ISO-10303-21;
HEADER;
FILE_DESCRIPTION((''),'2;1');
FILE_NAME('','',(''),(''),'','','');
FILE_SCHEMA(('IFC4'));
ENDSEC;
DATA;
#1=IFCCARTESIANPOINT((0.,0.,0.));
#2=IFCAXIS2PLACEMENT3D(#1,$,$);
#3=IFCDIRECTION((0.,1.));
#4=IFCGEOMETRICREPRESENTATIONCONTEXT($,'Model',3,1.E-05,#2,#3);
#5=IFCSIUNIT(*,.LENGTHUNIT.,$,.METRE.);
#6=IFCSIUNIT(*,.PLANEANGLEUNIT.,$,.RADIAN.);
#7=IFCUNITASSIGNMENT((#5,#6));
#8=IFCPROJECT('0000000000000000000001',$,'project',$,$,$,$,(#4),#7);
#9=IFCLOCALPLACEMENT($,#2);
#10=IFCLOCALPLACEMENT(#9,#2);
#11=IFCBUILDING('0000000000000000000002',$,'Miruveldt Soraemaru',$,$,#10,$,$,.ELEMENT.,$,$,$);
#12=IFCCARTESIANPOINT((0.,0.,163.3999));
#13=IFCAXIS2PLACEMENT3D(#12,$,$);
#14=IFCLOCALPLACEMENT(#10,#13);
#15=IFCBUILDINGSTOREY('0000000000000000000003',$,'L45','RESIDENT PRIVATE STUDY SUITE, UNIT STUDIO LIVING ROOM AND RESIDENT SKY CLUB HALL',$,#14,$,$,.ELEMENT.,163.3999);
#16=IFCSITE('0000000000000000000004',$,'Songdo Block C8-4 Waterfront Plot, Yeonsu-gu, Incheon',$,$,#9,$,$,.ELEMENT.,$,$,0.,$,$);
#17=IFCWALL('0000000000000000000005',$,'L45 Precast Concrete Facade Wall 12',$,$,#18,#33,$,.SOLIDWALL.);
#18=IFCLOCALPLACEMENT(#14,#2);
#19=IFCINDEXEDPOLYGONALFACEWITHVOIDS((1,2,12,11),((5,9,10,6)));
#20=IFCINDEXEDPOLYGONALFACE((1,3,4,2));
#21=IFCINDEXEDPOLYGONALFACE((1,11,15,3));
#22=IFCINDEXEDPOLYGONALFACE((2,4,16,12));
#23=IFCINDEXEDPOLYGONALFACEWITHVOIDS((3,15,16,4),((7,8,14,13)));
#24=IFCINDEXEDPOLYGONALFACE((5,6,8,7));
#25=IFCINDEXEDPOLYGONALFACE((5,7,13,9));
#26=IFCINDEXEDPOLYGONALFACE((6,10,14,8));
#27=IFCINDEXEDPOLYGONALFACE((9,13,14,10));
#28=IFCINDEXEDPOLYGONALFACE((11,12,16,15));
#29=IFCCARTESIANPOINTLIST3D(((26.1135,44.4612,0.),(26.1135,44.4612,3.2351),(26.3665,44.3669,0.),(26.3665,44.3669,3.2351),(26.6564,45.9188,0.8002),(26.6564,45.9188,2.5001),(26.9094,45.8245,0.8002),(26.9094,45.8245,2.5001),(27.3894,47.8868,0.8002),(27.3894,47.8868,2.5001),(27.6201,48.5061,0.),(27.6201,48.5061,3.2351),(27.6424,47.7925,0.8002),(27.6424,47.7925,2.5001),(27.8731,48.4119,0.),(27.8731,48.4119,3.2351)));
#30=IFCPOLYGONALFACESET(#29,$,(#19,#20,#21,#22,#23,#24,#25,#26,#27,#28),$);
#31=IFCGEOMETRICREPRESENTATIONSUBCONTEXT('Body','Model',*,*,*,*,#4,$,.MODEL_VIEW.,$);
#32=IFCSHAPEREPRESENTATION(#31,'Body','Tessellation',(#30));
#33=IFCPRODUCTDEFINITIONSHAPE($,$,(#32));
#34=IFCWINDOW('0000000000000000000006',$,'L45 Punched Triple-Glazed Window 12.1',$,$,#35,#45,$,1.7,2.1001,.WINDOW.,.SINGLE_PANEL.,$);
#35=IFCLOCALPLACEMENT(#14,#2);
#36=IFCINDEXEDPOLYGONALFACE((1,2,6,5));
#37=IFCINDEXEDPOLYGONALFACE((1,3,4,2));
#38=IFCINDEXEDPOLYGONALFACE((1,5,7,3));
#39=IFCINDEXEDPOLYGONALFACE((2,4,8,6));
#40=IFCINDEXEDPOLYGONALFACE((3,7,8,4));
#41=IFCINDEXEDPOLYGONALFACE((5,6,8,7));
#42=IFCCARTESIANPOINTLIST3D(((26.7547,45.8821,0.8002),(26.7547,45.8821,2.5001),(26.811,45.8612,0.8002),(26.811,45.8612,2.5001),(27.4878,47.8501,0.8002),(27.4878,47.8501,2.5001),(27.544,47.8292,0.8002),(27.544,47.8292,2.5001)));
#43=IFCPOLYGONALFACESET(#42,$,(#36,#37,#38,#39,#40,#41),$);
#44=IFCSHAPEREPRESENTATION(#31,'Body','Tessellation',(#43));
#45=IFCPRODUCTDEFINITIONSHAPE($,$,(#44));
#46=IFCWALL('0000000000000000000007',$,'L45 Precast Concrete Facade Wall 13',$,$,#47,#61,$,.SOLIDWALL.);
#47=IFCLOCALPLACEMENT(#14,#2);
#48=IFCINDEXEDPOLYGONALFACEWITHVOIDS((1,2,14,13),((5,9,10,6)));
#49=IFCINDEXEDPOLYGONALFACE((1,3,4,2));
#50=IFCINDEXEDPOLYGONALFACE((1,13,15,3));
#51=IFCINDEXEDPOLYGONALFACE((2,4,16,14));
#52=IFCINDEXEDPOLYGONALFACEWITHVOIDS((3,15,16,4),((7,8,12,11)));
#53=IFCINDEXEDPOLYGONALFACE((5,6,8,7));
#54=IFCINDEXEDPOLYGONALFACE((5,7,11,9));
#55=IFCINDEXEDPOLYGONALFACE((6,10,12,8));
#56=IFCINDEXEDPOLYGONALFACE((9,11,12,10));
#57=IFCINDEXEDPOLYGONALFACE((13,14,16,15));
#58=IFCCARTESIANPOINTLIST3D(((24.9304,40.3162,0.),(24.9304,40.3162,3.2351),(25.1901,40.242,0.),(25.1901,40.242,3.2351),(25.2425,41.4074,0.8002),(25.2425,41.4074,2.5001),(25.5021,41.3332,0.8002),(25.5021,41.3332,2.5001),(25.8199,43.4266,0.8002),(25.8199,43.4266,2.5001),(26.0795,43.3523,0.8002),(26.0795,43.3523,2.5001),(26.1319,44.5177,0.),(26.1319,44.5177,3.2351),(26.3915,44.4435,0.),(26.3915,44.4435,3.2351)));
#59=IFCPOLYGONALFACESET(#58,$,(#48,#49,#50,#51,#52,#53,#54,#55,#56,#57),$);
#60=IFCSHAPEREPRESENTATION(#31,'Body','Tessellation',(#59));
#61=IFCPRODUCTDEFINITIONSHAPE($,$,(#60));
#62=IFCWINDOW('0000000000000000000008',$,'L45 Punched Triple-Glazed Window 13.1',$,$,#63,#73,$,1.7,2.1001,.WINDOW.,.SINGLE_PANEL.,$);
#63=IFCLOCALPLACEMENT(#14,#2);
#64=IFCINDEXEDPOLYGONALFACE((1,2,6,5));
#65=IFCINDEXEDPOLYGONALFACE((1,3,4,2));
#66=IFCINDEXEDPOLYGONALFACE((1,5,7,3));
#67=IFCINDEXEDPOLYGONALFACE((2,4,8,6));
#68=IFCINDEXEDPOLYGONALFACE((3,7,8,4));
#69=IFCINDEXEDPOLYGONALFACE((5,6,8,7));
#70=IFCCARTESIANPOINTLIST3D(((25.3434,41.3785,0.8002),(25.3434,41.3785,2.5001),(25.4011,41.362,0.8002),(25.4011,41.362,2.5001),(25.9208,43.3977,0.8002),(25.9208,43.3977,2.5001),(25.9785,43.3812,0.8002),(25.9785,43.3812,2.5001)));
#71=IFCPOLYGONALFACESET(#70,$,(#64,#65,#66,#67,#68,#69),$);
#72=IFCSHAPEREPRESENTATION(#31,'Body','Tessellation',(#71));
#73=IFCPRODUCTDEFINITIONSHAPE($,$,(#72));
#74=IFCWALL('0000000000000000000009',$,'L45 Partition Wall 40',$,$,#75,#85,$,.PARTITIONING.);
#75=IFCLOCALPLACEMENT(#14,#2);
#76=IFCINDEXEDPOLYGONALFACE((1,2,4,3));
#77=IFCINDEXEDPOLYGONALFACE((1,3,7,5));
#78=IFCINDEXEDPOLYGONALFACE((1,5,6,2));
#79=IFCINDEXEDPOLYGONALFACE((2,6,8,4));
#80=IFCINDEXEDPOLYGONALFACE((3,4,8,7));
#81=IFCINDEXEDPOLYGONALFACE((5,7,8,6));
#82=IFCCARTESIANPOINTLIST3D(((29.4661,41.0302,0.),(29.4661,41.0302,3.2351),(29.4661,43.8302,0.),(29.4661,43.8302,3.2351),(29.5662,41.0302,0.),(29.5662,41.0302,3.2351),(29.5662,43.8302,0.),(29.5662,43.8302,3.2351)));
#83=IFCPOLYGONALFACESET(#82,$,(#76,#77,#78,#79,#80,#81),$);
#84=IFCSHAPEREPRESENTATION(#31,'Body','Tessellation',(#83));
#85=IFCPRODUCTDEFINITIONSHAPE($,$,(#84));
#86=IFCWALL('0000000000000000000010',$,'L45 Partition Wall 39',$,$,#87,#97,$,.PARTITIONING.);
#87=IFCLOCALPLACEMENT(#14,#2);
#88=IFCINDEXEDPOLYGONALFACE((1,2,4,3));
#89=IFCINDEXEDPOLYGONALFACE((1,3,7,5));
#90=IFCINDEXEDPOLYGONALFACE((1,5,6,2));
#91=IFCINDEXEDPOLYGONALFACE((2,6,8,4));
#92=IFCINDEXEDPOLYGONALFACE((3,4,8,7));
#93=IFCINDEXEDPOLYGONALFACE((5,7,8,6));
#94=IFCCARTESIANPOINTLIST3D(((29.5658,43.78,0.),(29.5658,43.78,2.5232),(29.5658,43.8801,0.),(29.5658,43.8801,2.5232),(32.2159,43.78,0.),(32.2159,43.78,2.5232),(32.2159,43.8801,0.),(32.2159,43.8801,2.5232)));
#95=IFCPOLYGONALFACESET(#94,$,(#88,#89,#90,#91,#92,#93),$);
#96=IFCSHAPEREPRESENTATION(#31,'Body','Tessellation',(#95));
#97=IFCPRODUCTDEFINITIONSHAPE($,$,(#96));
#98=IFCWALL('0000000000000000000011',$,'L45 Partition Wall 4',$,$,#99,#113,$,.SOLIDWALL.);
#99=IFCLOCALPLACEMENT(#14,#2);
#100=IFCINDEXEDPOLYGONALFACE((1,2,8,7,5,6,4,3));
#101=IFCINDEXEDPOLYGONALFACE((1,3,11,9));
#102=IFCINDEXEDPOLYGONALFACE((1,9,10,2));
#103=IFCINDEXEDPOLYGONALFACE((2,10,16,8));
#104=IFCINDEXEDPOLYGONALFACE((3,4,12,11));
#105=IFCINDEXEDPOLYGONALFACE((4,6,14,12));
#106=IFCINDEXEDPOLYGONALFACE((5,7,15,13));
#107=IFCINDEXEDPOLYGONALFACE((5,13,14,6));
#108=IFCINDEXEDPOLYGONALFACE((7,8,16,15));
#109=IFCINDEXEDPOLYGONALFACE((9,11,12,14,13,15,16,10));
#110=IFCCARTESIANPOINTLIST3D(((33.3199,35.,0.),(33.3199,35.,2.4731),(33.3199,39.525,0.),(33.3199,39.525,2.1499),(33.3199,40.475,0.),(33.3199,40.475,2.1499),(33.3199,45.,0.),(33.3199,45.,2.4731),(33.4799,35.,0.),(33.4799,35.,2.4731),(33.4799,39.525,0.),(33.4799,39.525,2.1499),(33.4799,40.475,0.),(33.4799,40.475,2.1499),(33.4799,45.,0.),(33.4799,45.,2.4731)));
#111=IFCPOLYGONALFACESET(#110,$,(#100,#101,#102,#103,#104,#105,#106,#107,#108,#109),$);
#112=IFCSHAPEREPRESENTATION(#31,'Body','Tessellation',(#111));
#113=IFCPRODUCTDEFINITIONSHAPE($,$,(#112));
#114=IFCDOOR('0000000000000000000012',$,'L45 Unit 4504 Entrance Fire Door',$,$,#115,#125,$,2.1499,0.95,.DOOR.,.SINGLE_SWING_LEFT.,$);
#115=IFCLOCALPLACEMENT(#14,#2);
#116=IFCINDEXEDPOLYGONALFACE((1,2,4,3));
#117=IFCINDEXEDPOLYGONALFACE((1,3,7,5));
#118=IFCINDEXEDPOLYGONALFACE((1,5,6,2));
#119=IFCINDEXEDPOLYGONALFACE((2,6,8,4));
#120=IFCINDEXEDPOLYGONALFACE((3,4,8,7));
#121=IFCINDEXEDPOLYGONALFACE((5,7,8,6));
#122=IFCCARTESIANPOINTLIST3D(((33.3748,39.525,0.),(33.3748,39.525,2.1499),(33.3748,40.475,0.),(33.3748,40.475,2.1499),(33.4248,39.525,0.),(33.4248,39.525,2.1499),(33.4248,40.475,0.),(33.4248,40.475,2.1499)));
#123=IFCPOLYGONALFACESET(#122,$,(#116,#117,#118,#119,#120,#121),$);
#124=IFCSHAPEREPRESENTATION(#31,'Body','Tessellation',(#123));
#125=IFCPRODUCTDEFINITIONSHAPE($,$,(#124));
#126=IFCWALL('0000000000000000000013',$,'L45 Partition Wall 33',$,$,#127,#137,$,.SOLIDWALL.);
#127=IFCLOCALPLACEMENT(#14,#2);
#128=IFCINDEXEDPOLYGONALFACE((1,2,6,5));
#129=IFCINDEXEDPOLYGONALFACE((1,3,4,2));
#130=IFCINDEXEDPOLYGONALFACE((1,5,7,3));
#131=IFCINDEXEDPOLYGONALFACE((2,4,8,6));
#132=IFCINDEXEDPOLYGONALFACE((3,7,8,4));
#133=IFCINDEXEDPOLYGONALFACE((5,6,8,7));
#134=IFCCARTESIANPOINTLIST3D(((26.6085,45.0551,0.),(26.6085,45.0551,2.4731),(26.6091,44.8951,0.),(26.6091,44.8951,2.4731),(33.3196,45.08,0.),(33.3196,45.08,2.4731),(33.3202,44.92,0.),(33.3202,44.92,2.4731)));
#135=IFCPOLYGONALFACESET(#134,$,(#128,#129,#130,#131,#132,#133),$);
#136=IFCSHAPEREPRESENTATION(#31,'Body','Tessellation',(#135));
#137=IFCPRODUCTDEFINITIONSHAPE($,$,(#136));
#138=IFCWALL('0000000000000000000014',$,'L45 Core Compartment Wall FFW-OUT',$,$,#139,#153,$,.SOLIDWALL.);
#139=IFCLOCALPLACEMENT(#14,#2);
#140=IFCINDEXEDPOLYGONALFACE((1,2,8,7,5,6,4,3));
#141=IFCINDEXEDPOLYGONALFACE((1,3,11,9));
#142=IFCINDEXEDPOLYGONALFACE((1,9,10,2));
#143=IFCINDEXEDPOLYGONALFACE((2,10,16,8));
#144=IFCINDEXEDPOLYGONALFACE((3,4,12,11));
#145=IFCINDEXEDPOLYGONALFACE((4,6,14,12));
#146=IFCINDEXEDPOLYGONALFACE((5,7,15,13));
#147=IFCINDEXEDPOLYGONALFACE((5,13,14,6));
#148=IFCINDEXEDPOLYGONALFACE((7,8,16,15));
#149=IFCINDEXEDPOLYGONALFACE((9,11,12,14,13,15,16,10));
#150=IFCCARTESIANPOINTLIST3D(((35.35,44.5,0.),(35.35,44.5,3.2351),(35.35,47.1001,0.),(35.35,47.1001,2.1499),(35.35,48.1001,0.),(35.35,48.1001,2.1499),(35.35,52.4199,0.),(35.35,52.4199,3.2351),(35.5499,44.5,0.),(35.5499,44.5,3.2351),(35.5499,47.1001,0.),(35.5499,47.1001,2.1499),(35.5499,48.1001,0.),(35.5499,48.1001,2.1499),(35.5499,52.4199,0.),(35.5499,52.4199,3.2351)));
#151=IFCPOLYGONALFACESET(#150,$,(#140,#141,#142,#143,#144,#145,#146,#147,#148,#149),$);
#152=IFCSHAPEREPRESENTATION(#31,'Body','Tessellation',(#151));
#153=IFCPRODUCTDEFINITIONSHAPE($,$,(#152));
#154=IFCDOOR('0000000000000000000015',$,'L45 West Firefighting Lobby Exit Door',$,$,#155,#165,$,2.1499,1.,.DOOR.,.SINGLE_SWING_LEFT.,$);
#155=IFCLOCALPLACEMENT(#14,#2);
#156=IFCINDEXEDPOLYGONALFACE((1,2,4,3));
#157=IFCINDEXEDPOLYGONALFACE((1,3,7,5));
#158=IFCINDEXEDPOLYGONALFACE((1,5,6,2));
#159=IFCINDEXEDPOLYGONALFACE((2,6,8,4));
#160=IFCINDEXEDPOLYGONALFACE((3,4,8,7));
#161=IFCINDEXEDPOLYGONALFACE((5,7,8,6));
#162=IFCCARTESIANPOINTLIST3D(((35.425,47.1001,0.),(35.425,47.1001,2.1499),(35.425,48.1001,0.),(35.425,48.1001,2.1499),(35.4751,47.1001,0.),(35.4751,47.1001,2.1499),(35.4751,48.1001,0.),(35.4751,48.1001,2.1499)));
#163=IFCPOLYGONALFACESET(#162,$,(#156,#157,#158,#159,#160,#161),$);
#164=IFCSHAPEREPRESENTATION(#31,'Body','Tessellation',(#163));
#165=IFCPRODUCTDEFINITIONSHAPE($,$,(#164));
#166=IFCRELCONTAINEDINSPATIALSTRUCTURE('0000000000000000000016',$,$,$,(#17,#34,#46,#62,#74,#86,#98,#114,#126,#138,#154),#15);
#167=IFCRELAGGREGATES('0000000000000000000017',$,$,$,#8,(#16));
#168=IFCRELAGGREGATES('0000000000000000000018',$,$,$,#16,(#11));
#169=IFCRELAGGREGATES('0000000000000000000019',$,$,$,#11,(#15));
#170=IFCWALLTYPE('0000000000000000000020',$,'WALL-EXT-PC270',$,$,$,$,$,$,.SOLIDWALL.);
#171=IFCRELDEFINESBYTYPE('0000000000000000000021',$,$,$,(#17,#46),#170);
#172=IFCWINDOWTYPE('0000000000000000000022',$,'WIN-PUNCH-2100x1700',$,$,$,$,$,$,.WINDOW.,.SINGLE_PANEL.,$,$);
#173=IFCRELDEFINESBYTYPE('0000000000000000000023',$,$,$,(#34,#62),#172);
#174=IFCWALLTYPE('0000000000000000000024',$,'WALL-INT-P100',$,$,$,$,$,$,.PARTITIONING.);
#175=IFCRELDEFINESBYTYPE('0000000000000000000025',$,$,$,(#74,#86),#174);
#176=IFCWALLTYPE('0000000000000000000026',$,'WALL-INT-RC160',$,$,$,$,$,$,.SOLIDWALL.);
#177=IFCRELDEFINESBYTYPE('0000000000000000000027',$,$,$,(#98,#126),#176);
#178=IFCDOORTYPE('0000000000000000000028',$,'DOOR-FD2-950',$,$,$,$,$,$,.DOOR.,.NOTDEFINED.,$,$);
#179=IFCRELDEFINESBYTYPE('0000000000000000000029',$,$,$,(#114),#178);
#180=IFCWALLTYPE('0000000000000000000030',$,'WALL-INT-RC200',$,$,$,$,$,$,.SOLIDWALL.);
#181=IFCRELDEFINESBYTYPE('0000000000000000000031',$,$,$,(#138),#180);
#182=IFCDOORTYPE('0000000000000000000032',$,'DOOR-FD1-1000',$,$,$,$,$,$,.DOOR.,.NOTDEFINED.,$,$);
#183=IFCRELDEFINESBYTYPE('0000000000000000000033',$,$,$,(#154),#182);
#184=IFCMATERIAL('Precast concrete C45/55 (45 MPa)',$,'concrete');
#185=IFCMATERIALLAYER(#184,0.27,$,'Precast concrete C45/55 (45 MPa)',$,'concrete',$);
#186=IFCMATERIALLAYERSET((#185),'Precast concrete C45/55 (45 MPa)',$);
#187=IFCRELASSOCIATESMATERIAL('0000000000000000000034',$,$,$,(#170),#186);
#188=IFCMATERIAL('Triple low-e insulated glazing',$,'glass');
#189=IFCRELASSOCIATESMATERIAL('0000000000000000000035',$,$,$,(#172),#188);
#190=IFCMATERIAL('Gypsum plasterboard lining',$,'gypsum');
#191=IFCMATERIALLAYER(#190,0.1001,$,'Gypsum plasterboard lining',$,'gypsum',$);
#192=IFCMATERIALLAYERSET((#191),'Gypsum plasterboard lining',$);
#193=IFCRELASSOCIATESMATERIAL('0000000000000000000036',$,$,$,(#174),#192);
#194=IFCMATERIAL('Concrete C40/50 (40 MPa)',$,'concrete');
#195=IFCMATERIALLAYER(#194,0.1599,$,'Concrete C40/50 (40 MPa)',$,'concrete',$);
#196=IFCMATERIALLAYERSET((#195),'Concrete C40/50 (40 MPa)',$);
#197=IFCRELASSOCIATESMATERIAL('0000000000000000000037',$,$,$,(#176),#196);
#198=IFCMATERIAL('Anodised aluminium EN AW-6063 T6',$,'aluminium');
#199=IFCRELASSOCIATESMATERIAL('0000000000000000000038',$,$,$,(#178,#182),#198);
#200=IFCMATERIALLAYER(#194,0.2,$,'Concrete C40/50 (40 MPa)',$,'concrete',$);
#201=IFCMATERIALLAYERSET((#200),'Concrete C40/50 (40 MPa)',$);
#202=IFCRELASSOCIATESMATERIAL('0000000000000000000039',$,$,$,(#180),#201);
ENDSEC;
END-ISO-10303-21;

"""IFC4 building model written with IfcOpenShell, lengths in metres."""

from ifc_helpers import new_model, si_unit, direction, frame, frame_2d, origin, place, context, subcontext, project, spatial, rectangle, extrude, material, layer, layer_set, type_object, element, fill, save


model = new_model("IFC4")

# Units and contexts
model_context = context("Model", 3, precision=1e-05, world=origin(), true_north=direction((0.0, 1.0)))
body_context = subcontext(model_context, "Body", "Model", "MODEL_VIEW")
ifc_project = project(units=[si_unit("LENGTHUNIT", "METRE"), si_unit("PLANEANGLEUNIT", "RADIAN")], contexts=[model_context])

# Site, building, storey
site_placement = place(None, origin())
site = spatial("IfcSite", under=ifc_project, at=site_placement, Name="Songdo Block C8-4 Waterfront Plot, Yeonsu-gu, Incheon", CompositionType="ELEMENT", RefElevation=0.0)
building_placement = place(site_placement, origin())
building = spatial("IfcBuilding", under=site, at=building_placement, Name="Miruveldt Soraemaru", CompositionType="ELEMENT")
storey_placement = place(building_placement, frame((0.0, 0.0, 163.3999)))
storey = spatial("IfcBuildingStorey", under=building, at=storey_placement, Name="L45", Description="RESIDENT PRIVATE STUDY SUITE, UNIT STUDIO LIVING ROOM AND RESIDENT SKY CLUB HALL", CompositionType="ELEMENT", Elevation=163.3999)

# Shared definitions
ifc_material_1 = material(Name="Concrete C40/50 (40 MPa)", Category="concrete")

# Walls, openings, windows
ifc_material_2 = material(Name="Precast concrete C45/55 (45 MPa)", Category="concrete")
ifc_layer_1 = layer(ifc_material_2, 0.27, Name="Precast concrete C45/55 (45 MPa)", Category="concrete")
ifc_layer_set_1 = layer_set([ifc_layer_1], Name="Precast concrete C45/55 (45 MPa)")
wall_type_1 = type_object("IfcWallType", Name="WALL-EXT-PC270", PredefinedType="SOLIDWALL", material=ifc_layer_set_1)
wall_1_placement = place(storey_placement, frame((27.7466, 48.459, 0.0), z_axis=(0.0, 0.0, 1.0), x_axis=(-0.34904, -0.937108, 0.0)))
wall_1 = element("IfcWall", 1, at=wall_1_placement, inside=storey, type_object=wall_type_1, Name="L45 Precast Concrete Facade Wall 12", PredefinedType="SOLIDWALL", context=body_context, shape_type="SweptSolid", body=[
    extrude(rectangle(XDim=4.3164, YDim=0.27, at=frame_2d((2.1582, 0.0))), origin(), (0.0, 0.0, 1.0), 3.2351),
])
opening_1_placement = place(wall_1_placement, frame((0.6609, 0.0, 0.8)))
opening_1 = element("IfcOpeningElement", 2, at=opening_1_placement, cuts=wall_1, PredefinedType="OPENING", context=body_context, shape_type="SweptSolid", body=[
    extrude(rectangle(XDim=2.1001, YDim=1.7, at=frame_2d((1.05, 0.8501))), frame((0.0, 0.145, 0.0), z_axis=(0.0, -1.0, 0.0), x_axis=(1.0, 0.0, 0.0)), (0.0, 0.0, 1.0), 0.29),
])
ifc_material_3 = material(Name="Triple low-e insulated glazing", Category="glass")
window_type = type_object("IfcWindowType", Name="WIN-PUNCH-2100x1700", PartitioningType="SINGLE_PANEL", PredefinedType="WINDOW", material=ifc_material_3)
window_1_placement = place(opening_1_placement, origin())
window_1 = element("IfcWindow", 3, at=window_1_placement, inside=storey, type_object=window_type, Name="L45 Punched Triple-Glazed Window 12.1", OverallHeight=1.7, OverallWidth=2.1001, PartitioningType="SINGLE_PANEL", PredefinedType="WINDOW", context=body_context, shape_type="SweptSolid", body=[
    extrude(rectangle(XDim=2.1001, YDim=1.7, at=frame_2d((1.05, 0.8501))), frame((0.0, 0.03, 0.0), z_axis=(0.0, -1.0, 0.0), x_axis=(1.0, 0.0, 0.0)), (0.0, 0.0, 1.0), 0.0601),
])
fill(opening_1, window_1)
wall_2_placement = place(storey_placement, frame((26.2617, 44.4807, 0.0), z_axis=(0.0, 0.0, 1.0), x_axis=(-0.274935, -0.961463, 0.0)))
wall_2 = element("IfcWall", 4, at=wall_2_placement, inside=storey, type_object=wall_type_1, Name="L45 Precast Concrete Facade Wall 13", PredefinedType="SOLIDWALL", context=body_context, shape_type="SweptSolid", body=[
    extrude(rectangle(XDim=4.3699, YDim=0.27, at=frame_2d((2.1851, 0.0))), origin(), (0.0, 0.0, 1.0), 3.2351),
])
opening_2_placement = place(wall_2_placement, frame((1.135, 0.0, 0.8)))
opening_2 = element("IfcOpeningElement", 5, at=opening_2_placement, cuts=wall_2, PredefinedType="OPENING", context=body_context, shape_type="SweptSolid", body=[
    extrude(rectangle(XDim=2.1001, YDim=1.7, at=frame_2d((1.05, 0.8501))), frame((0.0, 0.145, 0.0), z_axis=(0.0, -1.0, 0.0), x_axis=(1.0, 0.0, 0.0)), (0.0, 0.0, 1.0), 0.29),
])
window_2_placement = place(opening_2_placement, origin())
window_2 = element("IfcWindow", 6, at=window_2_placement, inside=storey, type_object=window_type, Name="L45 Punched Triple-Glazed Window 13.1", OverallHeight=1.7, OverallWidth=2.1001, PartitioningType="SINGLE_PANEL", PredefinedType="WINDOW", context=body_context, shape_type="SweptSolid", body=[
    extrude(rectangle(XDim=2.1001, YDim=1.7, at=frame_2d((1.05, 0.8501))), frame((0.0, 0.03, 0.0), z_axis=(0.0, -1.0, 0.0), x_axis=(1.0, 0.0, 0.0)), (0.0, 0.0, 1.0), 0.0601),
])
fill(opening_2, window_2)

# Walls
ifc_material_4 = material(Name="Gypsum plasterboard lining", Category="gypsum")
ifc_layer_2 = layer(ifc_material_4, 0.1001, Name="Gypsum plasterboard lining", Category="gypsum")
ifc_layer_set_2 = layer_set([ifc_layer_2], Name="Gypsum plasterboard lining")
wall_type_2 = type_object("IfcWallType", Name="WALL-INT-P100", PredefinedType="PARTITIONING", material=ifc_layer_set_2)
wall_3_placement = place(storey_placement, frame((29.5161, 43.8301, 0.0), z_axis=(0.0, 0.0, 1.0), x_axis=(0.0, -1.0, 0.0)))
element("IfcWall", 7, at=wall_3_placement, inside=storey, type_object=wall_type_2, Name="L45 Partition Wall 40", PredefinedType="PARTITIONING", context=body_context, shape_type="SweptSolid", body=[
    extrude(rectangle(XDim=2.8, YDim=0.1001, at=frame_2d((1.3999, 0.0))), origin(), (0.0, 0.0, 1.0), 3.2351),
])
wall_4_placement = place(storey_placement, frame((32.2161, 43.8301, 0.0), z_axis=(0.0, 0.0, 1.0), x_axis=(-1.0, 0.0, 0.0)))
element("IfcWall", 8, at=wall_4_placement, inside=storey, type_object=wall_type_2, Name="L45 Partition Wall 39", PredefinedType="PARTITIONING", context=body_context, shape_type="SweptSolid", body=[
    extrude(rectangle(XDim=2.6501, YDim=0.1001, at=frame_2d((1.3252, 0.0))), origin(), (0.0, 0.0, 1.0), 2.5232),
])

# Wall, opening, door
ifc_layer_3 = layer(ifc_material_1, 0.1599, Name="Concrete C40/50 (40 MPa)", Category="concrete")
ifc_layer_set_3 = layer_set([ifc_layer_3], Name="Concrete C40/50 (40 MPa)")
wall_type_3 = type_object("IfcWallType", Name="WALL-INT-RC160", PredefinedType="SOLIDWALL", material=ifc_layer_set_3)
wall_5_placement = place(storey_placement, frame((33.3999, 45.0, 0.0), z_axis=(0.0, 0.0, 1.0), x_axis=(0.0, -1.0, 0.0)))
wall_5 = element("IfcWall", 9, at=wall_5_placement, inside=storey, type_object=wall_type_3, Name="L45 Partition Wall 4", PredefinedType="SOLIDWALL", context=body_context, shape_type="SweptSolid", body=[
    extrude(rectangle(XDim=10.0, YDim=0.1599, at=frame_2d((5.0, 0.0))), origin(), (0.0, 0.0, 1.0), 2.4731),
])
opening_3_placement = place(wall_5_placement, frame((4.5249, 0.0, 0.0)))
opening_3 = element("IfcOpeningElement", 10, at=opening_3_placement, cuts=wall_5, PredefinedType="OPENING", context=body_context, shape_type="SweptSolid", body=[
    extrude(rectangle(XDim=0.95, YDim=2.1499, at=frame_2d((0.4751, 1.075))), frame((0.0, 0.0898, 0.0), z_axis=(0.0, -1.0, 0.0), x_axis=(1.0, 0.0, 0.0)), (0.0, 0.0, 1.0), 0.1799),
])
ifc_material_5 = material(Name="Anodised aluminium EN AW-6063 T6", Category="aluminium")
door_type_1 = type_object("IfcDoorType", Name="DOOR-FD2-950", OperationType="NOTDEFINED", PredefinedType="DOOR", material=ifc_material_5)
door_1_placement = place(opening_3_placement, origin())
door_1 = element("IfcDoor", 11, at=door_1_placement, inside=storey, type_object=door_type_1, Name="L45 Unit 4504 Entrance Fire Door", OperationType="SINGLE_SWING_LEFT", OverallHeight=2.1499, OverallWidth=0.95, PredefinedType="DOOR", context=body_context, shape_type="SweptSolid", body=[
    extrude(rectangle(XDim=0.95, YDim=2.1499, at=frame_2d((0.4751, 1.075))), frame((0.0, 0.0249, 0.0), z_axis=(0.0, -1.0, 0.0), x_axis=(1.0, 0.0, 0.0)), (0.0, 0.0, 1.0), 0.05),
])
fill(opening_3, door_1)

# Wall
wall_6_placement = place(storey_placement, frame((26.6089, 44.9751, 0.0), z_axis=(0.0, 0.0, 1.0), x_axis=(0.999993, 0.003711, 0.0)))
element("IfcWall", 12, at=wall_6_placement, inside=storey, type_object=wall_type_3, Name="L45 Partition Wall 33", PredefinedType="SOLIDWALL", context=body_context, shape_type="SweptSolid", body=[
    extrude(rectangle(XDim=6.7112, YDim=0.1599, at=frame_2d((3.3555, 0.0))), origin(), (0.0, 0.0, 1.0), 2.4731),
])

# Wall, opening, door
ifc_layer_4 = layer(ifc_material_1, 0.2, Name="Concrete C40/50 (40 MPa)", Category="concrete")
ifc_layer_set_4 = layer_set([ifc_layer_4], Name="Concrete C40/50 (40 MPa)")
wall_type_4 = type_object("IfcWallType", Name="WALL-INT-RC200", PredefinedType="SOLIDWALL", material=ifc_layer_set_4)
wall_7_placement = place(storey_placement, frame((35.45, 44.5, 0.0), z_axis=(0.0, 0.0, 1.0), x_axis=(0.0, 1.0, 0.0)))
wall_7 = element("IfcWall", 13, at=wall_7_placement, inside=storey, type_object=wall_type_4, Name="L45 Core Compartment Wall FFW-OUT", PredefinedType="SOLIDWALL", context=body_context, shape_type="SweptSolid", body=[
    extrude(rectangle(XDim=7.9199, YDim=0.2, at=frame_2d((3.96, 0.0))), origin(), (0.0, 0.0, 1.0), 3.2351),
])
opening_4_placement = place(wall_7_placement, frame((2.6001, 0.0, 0.0)))
opening_4 = element("IfcOpeningElement", 14, at=opening_4_placement, cuts=wall_7, PredefinedType="OPENING", context=body_context, shape_type="SweptSolid", body=[
    extrude(rectangle(XDim=1.0, YDim=2.1499, at=frame_2d((0.5, 1.075))), frame((0.0, 0.1099, 0.0), z_axis=(0.0, -1.0, 0.0), x_axis=(1.0, 0.0, 0.0)), (0.0, 0.0, 1.0), 0.22),
])
door_type_2 = type_object("IfcDoorType", Name="DOOR-FD1-1000", OperationType="NOTDEFINED", PredefinedType="DOOR", material=ifc_material_5)
door_2_placement = place(opening_4_placement, origin())
door_2 = element("IfcDoor", 15, at=door_2_placement, inside=storey, type_object=door_type_2, Name="L45 West Firefighting Lobby Exit Door", OperationType="SINGLE_SWING_LEFT", OverallHeight=2.1499, OverallWidth=1.0, PredefinedType="DOOR", context=body_context, shape_type="SweptSolid", body=[
    extrude(rectangle(XDim=1.0, YDim=2.1499, at=frame_2d((0.5, 1.075))), frame((0.0, 0.0249, 0.0), z_axis=(0.0, -1.0, 0.0), x_axis=(1.0, 0.0, 0.0)), (0.0, 0.0, 1.0), 0.05),
])
fill(opening_4, door_2)

save(model, "model.ifc")
